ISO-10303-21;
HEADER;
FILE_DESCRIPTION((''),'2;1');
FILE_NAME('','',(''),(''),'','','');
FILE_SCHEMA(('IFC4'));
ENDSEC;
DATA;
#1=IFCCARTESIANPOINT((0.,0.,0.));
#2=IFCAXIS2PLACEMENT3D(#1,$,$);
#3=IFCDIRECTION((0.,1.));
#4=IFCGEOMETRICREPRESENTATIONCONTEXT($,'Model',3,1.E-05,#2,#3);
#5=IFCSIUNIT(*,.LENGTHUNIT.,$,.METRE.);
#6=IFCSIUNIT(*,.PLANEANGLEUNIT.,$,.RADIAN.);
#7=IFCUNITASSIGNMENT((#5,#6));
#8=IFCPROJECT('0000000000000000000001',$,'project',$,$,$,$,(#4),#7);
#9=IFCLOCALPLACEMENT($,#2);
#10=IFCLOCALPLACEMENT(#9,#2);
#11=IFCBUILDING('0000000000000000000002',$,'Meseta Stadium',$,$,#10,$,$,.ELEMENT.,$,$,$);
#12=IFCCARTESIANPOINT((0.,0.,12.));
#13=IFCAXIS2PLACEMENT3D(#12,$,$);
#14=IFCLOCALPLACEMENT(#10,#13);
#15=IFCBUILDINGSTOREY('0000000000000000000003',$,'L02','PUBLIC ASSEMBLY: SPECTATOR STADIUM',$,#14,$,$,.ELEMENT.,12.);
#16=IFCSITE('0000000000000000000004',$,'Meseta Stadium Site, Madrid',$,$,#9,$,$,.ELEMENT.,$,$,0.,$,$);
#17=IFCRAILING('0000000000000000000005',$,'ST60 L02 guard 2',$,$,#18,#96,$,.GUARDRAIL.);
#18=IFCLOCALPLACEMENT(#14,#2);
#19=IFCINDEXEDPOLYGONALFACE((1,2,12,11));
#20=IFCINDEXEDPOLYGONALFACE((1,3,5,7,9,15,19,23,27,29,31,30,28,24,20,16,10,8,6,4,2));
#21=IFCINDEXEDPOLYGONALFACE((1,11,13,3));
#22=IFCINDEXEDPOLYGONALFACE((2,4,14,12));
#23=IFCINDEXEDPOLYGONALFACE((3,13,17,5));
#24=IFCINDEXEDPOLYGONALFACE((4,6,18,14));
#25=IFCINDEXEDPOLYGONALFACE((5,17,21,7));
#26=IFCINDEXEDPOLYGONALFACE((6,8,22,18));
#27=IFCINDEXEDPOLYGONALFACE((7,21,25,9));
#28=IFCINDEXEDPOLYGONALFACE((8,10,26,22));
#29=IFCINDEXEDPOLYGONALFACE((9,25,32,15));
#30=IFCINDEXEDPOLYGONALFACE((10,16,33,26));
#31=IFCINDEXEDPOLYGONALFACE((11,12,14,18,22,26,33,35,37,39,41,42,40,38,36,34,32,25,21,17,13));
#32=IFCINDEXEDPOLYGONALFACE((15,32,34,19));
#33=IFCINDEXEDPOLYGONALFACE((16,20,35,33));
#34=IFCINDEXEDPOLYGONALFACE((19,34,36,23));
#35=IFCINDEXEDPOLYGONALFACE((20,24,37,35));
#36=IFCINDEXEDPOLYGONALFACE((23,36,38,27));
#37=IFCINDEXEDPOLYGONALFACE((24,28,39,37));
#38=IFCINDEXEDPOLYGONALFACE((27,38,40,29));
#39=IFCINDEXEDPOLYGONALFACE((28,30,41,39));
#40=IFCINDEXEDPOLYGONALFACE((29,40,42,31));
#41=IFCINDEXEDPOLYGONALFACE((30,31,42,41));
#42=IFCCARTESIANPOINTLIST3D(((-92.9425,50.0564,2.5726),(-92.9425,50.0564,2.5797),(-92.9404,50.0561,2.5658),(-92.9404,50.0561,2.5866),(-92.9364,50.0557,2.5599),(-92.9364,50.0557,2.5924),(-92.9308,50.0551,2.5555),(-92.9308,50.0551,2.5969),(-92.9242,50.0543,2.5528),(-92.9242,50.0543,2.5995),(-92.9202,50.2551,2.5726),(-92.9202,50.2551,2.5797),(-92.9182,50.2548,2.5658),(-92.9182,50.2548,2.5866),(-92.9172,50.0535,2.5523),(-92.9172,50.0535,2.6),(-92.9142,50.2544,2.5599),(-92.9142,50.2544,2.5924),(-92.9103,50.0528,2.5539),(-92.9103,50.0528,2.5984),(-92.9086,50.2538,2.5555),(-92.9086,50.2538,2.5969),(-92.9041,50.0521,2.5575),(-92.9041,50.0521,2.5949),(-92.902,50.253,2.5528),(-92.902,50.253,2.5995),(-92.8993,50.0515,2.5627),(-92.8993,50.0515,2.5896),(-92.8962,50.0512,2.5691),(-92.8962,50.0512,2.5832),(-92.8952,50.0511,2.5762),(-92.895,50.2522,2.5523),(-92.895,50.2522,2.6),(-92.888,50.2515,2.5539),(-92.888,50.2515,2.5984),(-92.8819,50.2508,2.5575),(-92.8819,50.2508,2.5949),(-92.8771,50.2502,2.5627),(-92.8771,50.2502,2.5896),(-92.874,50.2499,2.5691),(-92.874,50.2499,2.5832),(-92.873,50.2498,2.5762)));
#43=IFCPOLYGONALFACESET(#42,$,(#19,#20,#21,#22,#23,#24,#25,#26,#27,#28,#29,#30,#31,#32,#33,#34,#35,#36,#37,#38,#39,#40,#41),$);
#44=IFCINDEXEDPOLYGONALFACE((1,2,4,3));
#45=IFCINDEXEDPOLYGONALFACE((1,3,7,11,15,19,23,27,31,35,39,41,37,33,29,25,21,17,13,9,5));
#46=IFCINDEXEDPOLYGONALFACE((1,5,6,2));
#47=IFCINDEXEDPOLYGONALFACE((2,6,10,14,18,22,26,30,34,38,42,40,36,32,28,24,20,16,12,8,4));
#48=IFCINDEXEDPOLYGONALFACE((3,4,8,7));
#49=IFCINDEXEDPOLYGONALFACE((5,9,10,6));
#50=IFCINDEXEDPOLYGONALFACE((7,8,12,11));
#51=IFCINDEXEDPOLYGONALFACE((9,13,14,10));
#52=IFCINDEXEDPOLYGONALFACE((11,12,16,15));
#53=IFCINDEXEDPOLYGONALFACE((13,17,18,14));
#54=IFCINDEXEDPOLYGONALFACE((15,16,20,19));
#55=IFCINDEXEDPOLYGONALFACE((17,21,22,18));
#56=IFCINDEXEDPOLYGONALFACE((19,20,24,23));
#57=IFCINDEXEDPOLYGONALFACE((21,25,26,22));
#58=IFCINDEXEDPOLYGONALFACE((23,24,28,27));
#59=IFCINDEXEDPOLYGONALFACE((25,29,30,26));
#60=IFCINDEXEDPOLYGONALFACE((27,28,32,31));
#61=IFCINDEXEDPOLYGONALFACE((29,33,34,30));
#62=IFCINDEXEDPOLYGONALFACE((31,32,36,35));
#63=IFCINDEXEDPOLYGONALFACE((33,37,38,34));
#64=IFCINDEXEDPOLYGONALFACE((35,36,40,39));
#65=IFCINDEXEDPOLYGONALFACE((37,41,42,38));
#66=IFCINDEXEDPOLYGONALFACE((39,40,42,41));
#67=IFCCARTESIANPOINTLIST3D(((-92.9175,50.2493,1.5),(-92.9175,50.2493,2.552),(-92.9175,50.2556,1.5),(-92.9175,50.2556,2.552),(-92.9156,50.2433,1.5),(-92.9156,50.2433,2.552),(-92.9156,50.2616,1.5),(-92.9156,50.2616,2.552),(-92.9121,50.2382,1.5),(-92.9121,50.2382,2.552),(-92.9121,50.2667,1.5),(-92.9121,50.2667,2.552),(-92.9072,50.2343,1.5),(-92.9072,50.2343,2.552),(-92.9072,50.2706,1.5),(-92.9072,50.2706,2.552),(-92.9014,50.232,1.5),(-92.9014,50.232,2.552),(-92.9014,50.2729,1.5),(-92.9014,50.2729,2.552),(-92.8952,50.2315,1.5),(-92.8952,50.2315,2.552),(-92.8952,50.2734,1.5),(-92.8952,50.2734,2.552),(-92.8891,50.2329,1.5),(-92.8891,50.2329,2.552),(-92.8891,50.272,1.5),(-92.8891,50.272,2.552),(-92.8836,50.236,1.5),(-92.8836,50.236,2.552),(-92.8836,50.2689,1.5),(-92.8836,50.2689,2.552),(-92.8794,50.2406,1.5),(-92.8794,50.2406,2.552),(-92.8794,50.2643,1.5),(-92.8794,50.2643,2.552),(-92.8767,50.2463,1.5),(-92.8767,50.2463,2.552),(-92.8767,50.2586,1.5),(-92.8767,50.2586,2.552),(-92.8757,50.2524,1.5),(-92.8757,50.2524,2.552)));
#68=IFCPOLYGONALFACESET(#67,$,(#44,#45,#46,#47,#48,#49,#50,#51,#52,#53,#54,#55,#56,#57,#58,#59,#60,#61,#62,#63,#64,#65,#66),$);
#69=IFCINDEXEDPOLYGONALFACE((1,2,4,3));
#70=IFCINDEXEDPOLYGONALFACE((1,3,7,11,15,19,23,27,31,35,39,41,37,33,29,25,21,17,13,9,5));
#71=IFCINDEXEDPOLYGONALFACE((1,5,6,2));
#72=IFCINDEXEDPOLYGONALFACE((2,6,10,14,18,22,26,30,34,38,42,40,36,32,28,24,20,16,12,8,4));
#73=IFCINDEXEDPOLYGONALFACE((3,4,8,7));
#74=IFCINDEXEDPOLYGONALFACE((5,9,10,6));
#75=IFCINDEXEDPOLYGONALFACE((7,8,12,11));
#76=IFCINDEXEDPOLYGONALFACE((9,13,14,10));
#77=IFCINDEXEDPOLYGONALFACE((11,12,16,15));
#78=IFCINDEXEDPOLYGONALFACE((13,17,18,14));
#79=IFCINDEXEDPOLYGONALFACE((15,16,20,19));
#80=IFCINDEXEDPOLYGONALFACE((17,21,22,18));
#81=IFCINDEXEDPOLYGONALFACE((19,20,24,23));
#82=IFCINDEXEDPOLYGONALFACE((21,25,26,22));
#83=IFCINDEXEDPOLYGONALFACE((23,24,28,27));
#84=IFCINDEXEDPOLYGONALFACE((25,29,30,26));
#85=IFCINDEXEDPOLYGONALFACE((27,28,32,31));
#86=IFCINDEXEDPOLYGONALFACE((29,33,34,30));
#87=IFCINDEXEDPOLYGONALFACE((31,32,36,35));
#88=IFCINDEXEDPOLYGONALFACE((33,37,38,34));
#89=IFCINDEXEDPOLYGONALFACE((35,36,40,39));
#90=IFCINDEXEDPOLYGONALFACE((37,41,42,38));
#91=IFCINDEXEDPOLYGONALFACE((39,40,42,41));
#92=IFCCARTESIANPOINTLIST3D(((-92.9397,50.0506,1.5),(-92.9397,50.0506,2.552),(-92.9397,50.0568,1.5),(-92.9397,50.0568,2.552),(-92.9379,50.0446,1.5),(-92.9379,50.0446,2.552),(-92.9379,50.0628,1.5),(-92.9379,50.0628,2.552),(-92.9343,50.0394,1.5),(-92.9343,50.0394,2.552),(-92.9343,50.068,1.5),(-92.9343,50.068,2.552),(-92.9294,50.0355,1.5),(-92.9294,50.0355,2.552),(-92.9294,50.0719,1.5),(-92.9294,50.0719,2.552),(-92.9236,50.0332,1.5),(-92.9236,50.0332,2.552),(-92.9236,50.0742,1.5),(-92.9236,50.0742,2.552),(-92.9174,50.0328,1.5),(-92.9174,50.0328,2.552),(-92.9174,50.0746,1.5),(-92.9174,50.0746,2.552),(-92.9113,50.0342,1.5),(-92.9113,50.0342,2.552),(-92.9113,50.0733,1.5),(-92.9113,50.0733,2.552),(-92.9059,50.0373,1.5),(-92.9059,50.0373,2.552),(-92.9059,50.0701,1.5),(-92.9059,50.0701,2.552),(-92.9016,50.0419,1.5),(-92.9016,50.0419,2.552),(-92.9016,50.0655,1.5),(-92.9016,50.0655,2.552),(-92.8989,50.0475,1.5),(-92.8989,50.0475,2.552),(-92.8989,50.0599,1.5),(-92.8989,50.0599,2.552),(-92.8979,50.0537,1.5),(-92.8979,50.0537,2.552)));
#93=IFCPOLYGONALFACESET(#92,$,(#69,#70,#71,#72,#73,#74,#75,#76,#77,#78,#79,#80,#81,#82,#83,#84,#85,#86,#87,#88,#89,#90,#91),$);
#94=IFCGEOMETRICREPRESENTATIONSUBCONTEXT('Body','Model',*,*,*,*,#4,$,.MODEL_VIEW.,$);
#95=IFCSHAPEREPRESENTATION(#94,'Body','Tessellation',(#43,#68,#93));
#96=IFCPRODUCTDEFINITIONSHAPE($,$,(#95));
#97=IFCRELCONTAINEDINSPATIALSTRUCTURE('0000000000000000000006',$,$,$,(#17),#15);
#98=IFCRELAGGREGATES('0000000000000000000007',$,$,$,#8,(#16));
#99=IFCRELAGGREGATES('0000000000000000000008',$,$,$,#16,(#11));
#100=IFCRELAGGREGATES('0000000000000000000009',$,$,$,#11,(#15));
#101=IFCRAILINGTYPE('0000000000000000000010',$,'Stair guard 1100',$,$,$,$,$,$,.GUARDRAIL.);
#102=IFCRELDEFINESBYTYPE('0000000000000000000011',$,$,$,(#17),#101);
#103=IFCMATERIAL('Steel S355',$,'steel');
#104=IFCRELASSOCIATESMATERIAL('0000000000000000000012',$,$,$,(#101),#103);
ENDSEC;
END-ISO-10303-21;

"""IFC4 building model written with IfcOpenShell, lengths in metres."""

from ifc_helpers import new_model, si_unit, direction, frame, origin, origin_2d, place, context, subcontext, project, spatial, circle, extrude, material, type_object, element, save


model = new_model("IFC4")

# Units and contexts
model_context = context("Model", 3, precision=1e-05, world=origin(), true_north=direction((0.0, 1.0)))
body_context = subcontext(model_context, "Body", "Model", "MODEL_VIEW")
ifc_project = project(units=[si_unit("LENGTHUNIT", "METRE"), si_unit("PLANEANGLEUNIT", "RADIAN")], contexts=[model_context])

# Site, building, storey
site_placement = place(None, origin())
site = spatial("IfcSite", under=ifc_project, at=site_placement, Name="Meseta Stadium Site, Madrid", CompositionType="ELEMENT", RefElevation=0.0)
building_placement = place(site_placement, origin())
building = spatial("IfcBuilding", under=site, at=building_placement, Name="Meseta Stadium", CompositionType="ELEMENT")
storey_placement = place(building_placement, frame((0.0, 0.0, 12.0)))
storey = spatial("IfcBuildingStorey", under=building, at=storey_placement, Name="L02", Description="PUBLIC ASSEMBLY: SPECTATOR STADIUM", CompositionType="ELEMENT", Elevation=12.0)

# Railing
ifc_material_1 = material(Name="Steel S355", Category="steel")
railing_type_1 = type_object("IfcRailingType", Name="Stair guard 1100", PredefinedType="GUARDRAIL", material=ifc_material_1)
railing_1_placement = place(storey_placement, frame((-92.8967, 50.2524, 1.5)))
element("IfcRailing", 1, at=railing_1_placement, inside=storey, type_object=railing_type_1, Name="ST60 L02 guard 2", PredefinedType="GUARDRAIL", context=body_context, shape_type="SweptSolid", body=[
    extrude(circle(Radius=0.0239, at=origin_2d()), frame((0.0, 0.0, 1.0762), z_axis=(-0.111102, -0.993809, 0.0), x_axis=(0.993809, -0.111102, 0.0)), (0.0, 0.0, 1.0), 0.2),
    extrude(circle(Radius=0.021, at=origin_2d()), origin(), (0.0, 0.0, 1.0), 1.052),
    extrude(circle(Radius=0.021, at=origin_2d()), frame((-0.0222, -0.1987, 0.0)), (0.0, 0.0, 1.0), 1.052),
])

save(model, "model.ifc")
